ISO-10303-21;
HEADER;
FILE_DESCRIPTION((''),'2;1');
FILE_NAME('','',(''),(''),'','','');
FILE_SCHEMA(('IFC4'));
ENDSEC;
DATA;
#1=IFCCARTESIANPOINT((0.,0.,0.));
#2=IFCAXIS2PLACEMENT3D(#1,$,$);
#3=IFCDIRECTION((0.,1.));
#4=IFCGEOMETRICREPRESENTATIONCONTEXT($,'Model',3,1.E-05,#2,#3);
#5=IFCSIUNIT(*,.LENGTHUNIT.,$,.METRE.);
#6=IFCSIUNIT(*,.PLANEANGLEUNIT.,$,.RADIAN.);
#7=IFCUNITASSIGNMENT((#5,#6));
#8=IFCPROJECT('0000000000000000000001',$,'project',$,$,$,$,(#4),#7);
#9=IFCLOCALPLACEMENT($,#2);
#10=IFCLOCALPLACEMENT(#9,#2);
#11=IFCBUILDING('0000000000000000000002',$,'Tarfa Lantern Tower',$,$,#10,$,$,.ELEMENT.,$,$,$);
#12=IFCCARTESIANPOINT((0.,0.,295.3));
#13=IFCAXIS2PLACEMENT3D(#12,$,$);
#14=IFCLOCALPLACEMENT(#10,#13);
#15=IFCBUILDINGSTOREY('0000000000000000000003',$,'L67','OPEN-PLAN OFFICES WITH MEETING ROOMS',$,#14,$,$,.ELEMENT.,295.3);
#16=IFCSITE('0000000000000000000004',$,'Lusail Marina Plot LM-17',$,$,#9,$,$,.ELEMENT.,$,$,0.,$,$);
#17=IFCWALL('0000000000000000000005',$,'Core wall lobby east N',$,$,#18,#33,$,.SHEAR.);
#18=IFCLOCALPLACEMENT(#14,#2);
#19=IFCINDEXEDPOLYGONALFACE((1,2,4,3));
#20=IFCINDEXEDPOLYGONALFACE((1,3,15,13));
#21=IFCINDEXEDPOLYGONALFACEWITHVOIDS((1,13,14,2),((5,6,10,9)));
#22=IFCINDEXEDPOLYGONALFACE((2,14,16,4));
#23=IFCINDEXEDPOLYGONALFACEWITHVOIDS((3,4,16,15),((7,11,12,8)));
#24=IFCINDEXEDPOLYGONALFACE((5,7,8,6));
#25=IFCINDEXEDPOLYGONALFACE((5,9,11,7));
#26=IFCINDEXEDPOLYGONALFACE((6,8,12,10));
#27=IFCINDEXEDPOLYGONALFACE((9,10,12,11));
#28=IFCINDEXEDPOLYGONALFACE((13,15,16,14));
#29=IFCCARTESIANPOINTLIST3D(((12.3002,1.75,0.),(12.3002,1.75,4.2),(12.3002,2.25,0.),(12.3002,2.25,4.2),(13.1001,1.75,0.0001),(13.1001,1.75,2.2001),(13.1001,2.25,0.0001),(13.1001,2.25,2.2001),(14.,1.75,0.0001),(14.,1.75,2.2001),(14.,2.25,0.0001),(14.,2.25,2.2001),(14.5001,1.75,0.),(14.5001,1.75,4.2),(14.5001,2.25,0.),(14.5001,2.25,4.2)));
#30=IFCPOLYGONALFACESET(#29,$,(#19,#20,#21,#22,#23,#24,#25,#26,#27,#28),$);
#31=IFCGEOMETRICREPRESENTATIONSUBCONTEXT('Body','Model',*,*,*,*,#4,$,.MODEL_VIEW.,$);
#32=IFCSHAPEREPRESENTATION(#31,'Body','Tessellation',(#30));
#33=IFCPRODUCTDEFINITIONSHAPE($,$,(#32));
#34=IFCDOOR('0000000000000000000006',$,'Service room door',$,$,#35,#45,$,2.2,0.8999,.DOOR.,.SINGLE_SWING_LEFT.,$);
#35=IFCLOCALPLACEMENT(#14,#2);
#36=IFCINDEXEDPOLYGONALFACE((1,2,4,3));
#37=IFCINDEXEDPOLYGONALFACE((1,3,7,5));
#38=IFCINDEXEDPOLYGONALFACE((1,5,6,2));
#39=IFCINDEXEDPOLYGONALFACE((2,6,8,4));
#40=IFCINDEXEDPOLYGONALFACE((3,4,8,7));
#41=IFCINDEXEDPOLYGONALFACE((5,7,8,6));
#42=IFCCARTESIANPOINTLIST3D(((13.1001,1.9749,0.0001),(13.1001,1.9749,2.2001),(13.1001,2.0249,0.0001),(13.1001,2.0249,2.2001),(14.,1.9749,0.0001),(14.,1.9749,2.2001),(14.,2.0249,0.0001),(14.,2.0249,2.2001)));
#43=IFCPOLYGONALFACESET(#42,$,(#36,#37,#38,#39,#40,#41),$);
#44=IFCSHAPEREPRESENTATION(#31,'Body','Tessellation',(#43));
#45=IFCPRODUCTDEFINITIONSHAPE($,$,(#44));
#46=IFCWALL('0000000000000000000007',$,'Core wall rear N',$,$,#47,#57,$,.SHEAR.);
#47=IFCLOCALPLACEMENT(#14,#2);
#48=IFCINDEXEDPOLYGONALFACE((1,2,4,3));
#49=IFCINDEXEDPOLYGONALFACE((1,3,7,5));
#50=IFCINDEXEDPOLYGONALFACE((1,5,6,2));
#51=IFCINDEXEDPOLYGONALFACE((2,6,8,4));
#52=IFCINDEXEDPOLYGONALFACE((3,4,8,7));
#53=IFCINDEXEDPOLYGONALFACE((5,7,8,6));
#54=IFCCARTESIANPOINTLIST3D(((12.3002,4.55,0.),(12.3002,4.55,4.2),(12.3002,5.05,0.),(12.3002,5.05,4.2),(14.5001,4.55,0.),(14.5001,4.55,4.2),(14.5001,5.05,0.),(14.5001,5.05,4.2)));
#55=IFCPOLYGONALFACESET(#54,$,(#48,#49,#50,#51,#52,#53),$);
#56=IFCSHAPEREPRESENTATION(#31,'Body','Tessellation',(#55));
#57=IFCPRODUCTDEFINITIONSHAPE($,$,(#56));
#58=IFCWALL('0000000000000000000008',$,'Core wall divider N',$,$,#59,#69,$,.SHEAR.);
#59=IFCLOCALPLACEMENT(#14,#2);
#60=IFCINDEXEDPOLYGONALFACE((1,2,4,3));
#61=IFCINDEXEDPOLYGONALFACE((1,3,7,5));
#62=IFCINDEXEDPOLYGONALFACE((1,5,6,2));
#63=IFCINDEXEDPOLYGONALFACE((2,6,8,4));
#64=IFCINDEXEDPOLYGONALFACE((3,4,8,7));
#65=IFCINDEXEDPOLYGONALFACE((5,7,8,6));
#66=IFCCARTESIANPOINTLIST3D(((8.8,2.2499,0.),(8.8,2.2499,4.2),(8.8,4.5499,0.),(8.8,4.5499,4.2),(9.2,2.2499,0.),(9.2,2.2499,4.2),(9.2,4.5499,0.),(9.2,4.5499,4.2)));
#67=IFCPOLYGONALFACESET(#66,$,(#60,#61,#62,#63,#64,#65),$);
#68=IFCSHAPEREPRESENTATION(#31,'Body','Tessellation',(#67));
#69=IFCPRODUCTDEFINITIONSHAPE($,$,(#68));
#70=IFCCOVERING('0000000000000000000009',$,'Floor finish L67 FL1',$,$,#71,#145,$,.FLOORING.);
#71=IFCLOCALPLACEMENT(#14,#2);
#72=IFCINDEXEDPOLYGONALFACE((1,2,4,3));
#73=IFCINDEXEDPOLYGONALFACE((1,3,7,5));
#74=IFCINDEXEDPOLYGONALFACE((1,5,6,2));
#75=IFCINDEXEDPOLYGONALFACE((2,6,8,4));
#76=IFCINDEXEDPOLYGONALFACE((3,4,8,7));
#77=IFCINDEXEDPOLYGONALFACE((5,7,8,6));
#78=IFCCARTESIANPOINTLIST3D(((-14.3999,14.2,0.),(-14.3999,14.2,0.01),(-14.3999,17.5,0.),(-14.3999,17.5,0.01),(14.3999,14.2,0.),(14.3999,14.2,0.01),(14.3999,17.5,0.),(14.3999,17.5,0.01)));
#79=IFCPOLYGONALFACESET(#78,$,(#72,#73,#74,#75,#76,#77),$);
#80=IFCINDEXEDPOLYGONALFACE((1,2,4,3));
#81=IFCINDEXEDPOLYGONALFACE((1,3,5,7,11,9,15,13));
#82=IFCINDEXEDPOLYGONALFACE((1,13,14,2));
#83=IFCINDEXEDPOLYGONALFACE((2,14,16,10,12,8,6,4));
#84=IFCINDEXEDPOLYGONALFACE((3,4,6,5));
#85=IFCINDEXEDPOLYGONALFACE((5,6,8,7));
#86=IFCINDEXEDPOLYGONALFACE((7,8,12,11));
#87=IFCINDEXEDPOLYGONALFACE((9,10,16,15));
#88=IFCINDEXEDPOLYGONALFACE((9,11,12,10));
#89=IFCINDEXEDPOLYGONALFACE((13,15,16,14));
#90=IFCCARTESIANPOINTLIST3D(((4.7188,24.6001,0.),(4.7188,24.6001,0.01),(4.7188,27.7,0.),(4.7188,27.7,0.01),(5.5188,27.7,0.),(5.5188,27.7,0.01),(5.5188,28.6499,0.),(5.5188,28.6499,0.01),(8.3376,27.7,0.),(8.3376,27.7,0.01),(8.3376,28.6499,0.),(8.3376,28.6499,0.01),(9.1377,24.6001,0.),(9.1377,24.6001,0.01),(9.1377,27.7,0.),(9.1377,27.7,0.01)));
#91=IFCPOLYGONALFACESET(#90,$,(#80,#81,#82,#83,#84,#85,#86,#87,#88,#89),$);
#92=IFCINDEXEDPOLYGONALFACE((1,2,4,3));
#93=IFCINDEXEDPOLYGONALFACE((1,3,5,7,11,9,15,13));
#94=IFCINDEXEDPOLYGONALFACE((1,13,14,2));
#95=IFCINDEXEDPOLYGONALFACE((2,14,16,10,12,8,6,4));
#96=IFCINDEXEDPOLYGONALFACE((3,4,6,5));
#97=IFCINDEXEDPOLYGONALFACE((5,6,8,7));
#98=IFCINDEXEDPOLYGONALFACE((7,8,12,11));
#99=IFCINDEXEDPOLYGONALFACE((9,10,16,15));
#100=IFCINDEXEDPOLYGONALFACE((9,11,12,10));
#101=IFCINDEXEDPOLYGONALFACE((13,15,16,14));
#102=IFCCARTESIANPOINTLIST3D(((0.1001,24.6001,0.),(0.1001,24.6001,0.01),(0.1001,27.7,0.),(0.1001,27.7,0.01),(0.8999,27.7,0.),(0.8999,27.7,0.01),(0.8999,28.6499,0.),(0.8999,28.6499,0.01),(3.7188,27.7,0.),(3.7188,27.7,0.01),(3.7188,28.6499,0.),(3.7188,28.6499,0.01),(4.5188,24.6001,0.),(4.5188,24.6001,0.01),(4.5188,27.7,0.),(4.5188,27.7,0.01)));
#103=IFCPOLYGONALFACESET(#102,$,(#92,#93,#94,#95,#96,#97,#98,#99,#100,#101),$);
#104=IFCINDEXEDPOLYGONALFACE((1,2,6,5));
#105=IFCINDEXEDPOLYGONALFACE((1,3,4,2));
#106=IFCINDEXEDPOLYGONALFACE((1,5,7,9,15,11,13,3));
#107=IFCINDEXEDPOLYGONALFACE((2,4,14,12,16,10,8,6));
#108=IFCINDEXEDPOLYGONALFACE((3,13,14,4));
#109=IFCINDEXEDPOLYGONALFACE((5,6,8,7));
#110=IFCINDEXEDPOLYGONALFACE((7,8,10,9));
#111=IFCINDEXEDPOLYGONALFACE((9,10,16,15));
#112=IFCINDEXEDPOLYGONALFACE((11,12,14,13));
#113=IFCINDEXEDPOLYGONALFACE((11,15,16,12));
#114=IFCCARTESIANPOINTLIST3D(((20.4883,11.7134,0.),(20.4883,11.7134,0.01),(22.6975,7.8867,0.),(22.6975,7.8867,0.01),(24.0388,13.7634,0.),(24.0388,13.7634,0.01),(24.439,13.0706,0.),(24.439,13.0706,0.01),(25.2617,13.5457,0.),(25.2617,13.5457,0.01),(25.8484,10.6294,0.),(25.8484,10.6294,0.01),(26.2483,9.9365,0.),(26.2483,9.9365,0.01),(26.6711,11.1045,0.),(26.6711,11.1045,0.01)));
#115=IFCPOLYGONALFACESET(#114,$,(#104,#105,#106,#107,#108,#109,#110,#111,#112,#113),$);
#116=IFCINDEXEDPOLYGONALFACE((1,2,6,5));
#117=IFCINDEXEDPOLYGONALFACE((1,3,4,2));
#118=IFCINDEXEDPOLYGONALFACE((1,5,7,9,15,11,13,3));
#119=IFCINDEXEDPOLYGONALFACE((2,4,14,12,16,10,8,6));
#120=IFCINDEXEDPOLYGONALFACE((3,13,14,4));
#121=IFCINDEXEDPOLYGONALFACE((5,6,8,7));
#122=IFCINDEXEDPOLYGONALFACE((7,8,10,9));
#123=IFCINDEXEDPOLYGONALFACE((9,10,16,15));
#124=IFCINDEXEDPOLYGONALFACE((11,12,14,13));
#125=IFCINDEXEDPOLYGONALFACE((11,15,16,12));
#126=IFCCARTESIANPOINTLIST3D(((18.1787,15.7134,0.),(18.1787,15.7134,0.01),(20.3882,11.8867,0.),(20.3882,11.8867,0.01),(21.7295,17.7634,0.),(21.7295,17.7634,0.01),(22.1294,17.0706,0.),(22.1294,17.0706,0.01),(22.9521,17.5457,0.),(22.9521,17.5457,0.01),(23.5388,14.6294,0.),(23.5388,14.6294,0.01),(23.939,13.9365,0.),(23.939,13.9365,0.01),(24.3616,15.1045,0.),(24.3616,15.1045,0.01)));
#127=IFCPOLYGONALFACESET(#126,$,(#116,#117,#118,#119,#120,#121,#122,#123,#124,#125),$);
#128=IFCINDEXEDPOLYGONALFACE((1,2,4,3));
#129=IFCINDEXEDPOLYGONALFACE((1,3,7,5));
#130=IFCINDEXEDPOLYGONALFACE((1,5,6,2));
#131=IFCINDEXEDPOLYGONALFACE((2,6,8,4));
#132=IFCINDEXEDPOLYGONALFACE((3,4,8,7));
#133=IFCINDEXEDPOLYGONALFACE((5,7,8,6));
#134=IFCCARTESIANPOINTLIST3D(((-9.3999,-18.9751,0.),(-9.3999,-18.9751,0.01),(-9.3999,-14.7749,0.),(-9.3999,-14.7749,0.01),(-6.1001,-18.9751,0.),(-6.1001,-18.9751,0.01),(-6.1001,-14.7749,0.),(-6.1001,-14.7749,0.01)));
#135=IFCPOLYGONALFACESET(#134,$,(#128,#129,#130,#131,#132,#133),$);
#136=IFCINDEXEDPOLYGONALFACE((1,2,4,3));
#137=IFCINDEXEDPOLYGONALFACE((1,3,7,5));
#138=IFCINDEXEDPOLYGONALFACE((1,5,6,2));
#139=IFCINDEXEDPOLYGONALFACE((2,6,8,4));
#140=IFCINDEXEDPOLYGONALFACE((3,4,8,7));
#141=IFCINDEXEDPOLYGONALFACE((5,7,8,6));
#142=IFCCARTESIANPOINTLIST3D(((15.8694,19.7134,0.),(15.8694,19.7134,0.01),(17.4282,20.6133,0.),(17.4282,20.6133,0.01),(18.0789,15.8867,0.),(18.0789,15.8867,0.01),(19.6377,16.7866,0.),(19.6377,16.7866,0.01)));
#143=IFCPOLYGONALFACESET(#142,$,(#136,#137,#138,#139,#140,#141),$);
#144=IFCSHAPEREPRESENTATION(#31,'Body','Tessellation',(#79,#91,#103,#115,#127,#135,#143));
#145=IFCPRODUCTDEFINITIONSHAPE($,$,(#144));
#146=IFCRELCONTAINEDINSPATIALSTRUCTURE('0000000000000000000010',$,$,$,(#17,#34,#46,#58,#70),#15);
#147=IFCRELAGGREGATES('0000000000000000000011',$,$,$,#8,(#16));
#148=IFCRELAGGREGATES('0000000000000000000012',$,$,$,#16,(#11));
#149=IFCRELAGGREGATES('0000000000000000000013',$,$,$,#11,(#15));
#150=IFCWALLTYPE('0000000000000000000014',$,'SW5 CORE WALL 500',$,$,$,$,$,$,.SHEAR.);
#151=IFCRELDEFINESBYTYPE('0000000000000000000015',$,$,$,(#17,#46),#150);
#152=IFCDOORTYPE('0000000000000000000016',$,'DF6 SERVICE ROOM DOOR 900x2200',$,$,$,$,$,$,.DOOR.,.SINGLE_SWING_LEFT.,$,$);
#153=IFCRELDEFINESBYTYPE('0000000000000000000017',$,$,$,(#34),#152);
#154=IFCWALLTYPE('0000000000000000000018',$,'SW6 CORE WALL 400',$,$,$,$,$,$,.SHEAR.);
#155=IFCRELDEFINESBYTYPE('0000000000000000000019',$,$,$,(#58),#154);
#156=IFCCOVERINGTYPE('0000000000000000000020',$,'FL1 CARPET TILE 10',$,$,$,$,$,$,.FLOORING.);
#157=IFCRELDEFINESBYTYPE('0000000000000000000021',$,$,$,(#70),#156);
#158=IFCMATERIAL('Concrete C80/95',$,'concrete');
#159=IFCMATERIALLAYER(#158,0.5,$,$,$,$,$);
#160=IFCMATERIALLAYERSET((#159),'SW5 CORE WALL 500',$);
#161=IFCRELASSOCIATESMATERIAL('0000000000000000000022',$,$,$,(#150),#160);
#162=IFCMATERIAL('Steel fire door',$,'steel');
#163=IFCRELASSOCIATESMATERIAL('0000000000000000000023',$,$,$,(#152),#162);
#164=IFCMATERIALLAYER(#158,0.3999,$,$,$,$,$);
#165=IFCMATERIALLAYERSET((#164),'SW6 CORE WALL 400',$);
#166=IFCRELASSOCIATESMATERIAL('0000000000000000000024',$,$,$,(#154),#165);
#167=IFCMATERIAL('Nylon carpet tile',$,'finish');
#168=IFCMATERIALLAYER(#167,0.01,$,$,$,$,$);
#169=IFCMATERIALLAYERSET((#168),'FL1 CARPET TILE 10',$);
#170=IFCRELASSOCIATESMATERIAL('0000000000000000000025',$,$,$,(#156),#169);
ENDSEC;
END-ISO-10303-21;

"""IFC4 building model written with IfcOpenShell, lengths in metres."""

from ifc_helpers import new_model, si_unit, direction, frame, frame_2d, origin, place, context, subcontext, project, spatial, polyline, rectangle, outline, extrude, material, layer, layer_set, type_object, element, fill, save


model = new_model("IFC4")

# Units and contexts
model_context = context("Model", 3, precision=1e-05, world=origin(), true_north=direction((0.0, 1.0)))
body_context = subcontext(model_context, "Body", "Model", "MODEL_VIEW")
ifc_project = project(units=[si_unit("LENGTHUNIT", "METRE"), si_unit("PLANEANGLEUNIT", "RADIAN")], contexts=[model_context])

# Site, building, storey
site_placement = place(None, origin())
site = spatial("IfcSite", under=ifc_project, at=site_placement, Name="Lusail Marina Plot LM-17", CompositionType="ELEMENT", RefElevation=0.0)
building_placement = place(site_placement, origin())
building = spatial("IfcBuilding", under=site, at=building_placement, Name="Tarfa Lantern Tower", CompositionType="ELEMENT")
storey_placement = place(building_placement, frame((0.0, 0.0, 295.3)))
storey = spatial("IfcBuildingStorey", under=building, at=storey_placement, Name="L67", Description="OPEN-PLAN OFFICES WITH MEETING ROOMS", CompositionType="ELEMENT", Elevation=295.3)

# Shared definitions
ifc_material_1 = material(Name="Concrete C80/95", Category="concrete")

# Wall, opening, door
ifc_layer_1 = layer(ifc_material_1, 0.5)
ifc_layer_set_1 = layer_set([ifc_layer_1], Name="SW5 CORE WALL 500")
wall_type_1 = type_object("IfcWallType", Name="SW5 CORE WALL 500", PredefinedType="SHEAR", material=ifc_layer_set_1)
wall_1_placement = place(storey_placement, frame((12.3, 2.0, 0.0), z_axis=(0.0, 0.0, 1.0), x_axis=(1.0, 0.0, 0.0)))
wall_1 = element("IfcWall", 1, at=wall_1_placement, inside=storey, type_object=wall_type_1, Name="Core wall lobby east N", PredefinedType="SHEAR", context=body_context, shape_type="SweptSolid", body=[
    extrude(rectangle(XDim=2.2, YDim=0.5, at=frame_2d((1.1001, 0.0))), origin(), (0.0, 0.0, 1.0), 4.2),
])
opening_1_placement = place(wall_1_placement, frame((0.8, 0.0, 0.0)))
opening_1 = element("IfcOpeningElement", 2, at=opening_1_placement, cuts=wall_1, PredefinedType="OPENING", context=body_context, shape_type="SweptSolid", body=[
    extrude(rectangle(XDim=0.8999, YDim=2.2, at=frame_2d((0.45, 1.1001))), frame((0.0, 0.26, 0.0), z_axis=(0.0, -1.0, 0.0), x_axis=(1.0, 0.0, 0.0)), (0.0, 0.0, 1.0), 0.52),
])
ifc_material_2 = material(Name="Steel fire door", Category="steel")
door_type_1 = type_object("IfcDoorType", Name="DF6 SERVICE ROOM DOOR 900x2200", OperationType="SINGLE_SWING_LEFT", PredefinedType="DOOR", material=ifc_material_2)
door_1_placement = place(opening_1_placement, origin())
door_1 = element("IfcDoor", 3, at=door_1_placement, inside=storey, type_object=door_type_1, Name="Service room door", OperationType="SINGLE_SWING_LEFT", OverallHeight=2.2, OverallWidth=0.8999, PredefinedType="DOOR", context=body_context, shape_type="SweptSolid", body=[
    extrude(rectangle(XDim=0.8999, YDim=2.2, at=frame_2d((0.45, 1.1001))), frame((0.0, 0.0249, 0.0), z_axis=(0.0, -1.0, 0.0), x_axis=(1.0, 0.0, 0.0)), (0.0, 0.0, 1.0), 0.05),
])
fill(opening_1, door_1)

# Walls
wall_2_placement = place(storey_placement, frame((12.3, 4.8, 0.0), z_axis=(0.0, 0.0, 1.0), x_axis=(1.0, 0.0, 0.0)))
element("IfcWall", 4, at=wall_2_placement, inside=storey, type_object=wall_type_1, Name="Core wall rear N", PredefinedType="SHEAR", context=body_context, shape_type="SweptSolid", body=[
    extrude(rectangle(XDim=2.2, YDim=0.5, at=frame_2d((1.1001, 0.0))), origin(), (0.0, 0.0, 1.0), 4.2),
])
ifc_layer_2 = layer(ifc_material_1, 0.3999)
ifc_layer_set_2 = layer_set([ifc_layer_2], Name="SW6 CORE WALL 400")
wall_type_2 = type_object("IfcWallType", Name="SW6 CORE WALL 400", PredefinedType="SHEAR", material=ifc_layer_set_2)
wall_3_placement = place(storey_placement, frame((9.0, 2.25, 0.0), z_axis=(0.0, 0.0, 1.0), x_axis=(0.0, 1.0, 0.0)))
element("IfcWall", 5, at=wall_3_placement, inside=storey, type_object=wall_type_2, Name="Core wall divider N", PredefinedType="SHEAR", context=body_context, shape_type="SweptSolid", body=[
    extrude(rectangle(XDim=2.3, YDim=0.3999, at=frame_2d((1.1499, 0.0))), origin(), (0.0, 0.0, 1.0), 4.2),
])

# Covering
ifc_material_3 = material(Name="Nylon carpet tile", Category="finish")
ifc_layer_3 = layer(ifc_material_3, 0.01)
ifc_layer_set_3 = layer_set([ifc_layer_3], Name="FL1 CARPET TILE 10")
covering_type_1 = type_object("IfcCoveringType", Name="FL1 CARPET TILE 10", PredefinedType="FLOORING", material=ifc_layer_set_3)
covering_1_placement = place(storey_placement, origin())
element("IfcCovering", 6, at=covering_1_placement, inside=storey, type_object=covering_type_1, Name="Floor finish L67 FL1", PredefinedType="FLOORING", context=body_context, shape_type="SweptSolid", body=[
    extrude(outline(polyline([(-14.3999, 17.5), (14.3999, 17.5), (14.3999, 14.2), (-14.3999, 14.2), (-14.3999, 17.5)])), origin(), (0.0, 0.0, 1.0), 0.01),
    extrude(outline(polyline([(9.1377, 24.6001), (4.7188, 24.6001), (4.7188, 27.7), (5.5188, 27.7), (5.5188, 28.6499), (8.3376, 28.6499), (8.3376, 27.7), (9.1377, 27.7), (9.1377, 24.6001)])), origin(), (0.0, 0.0, 1.0), 0.01),
    extrude(outline(polyline([(4.5188, 24.6001), (0.1001, 24.6001), (0.1001, 27.7), (0.8999, 27.7), (0.8999, 28.6499), (3.7188, 28.6499), (3.7188, 27.7), (4.5188, 27.7), (4.5188, 24.6001)])), origin(), (0.0, 0.0, 1.0), 0.01),
    extrude(outline(polyline([(20.4883, 11.7134), (24.0388, 13.7634), (24.439, 13.0706), (25.2617, 13.5457), (26.6711, 11.1045), (25.8484, 10.6294), (26.2483, 9.9365), (22.6975, 7.8867), (20.4883, 11.7134)])), origin(), (0.0, 0.0, 1.0), 0.01),
    extrude(outline(polyline([(18.1787, 15.7134), (21.7295, 17.7634), (22.1294, 17.0706), (22.9521, 17.5457), (24.3616, 15.1045), (23.5388, 14.6294), (23.939, 13.9365), (20.3882, 11.8867), (18.1787, 15.7134)])), origin(), (0.0, 0.0, 1.0), 0.01),
    extrude(outline(polyline([(-9.3999, -18.9751), (-9.3999, -14.7749), (-6.1001, -14.7749), (-6.1001, -18.9751), (-9.3999, -18.9751)])), origin(), (0.0, 0.0, 1.0), 0.01),
    extrude(outline(polyline([(15.8694, 19.7134), (17.4282, 20.6133), (19.6377, 16.7866), (18.0789, 15.8867), (15.8694, 19.7134)])), origin(), (0.0, 0.0, 1.0), 0.01),
])

save(model, "model.ifc")
